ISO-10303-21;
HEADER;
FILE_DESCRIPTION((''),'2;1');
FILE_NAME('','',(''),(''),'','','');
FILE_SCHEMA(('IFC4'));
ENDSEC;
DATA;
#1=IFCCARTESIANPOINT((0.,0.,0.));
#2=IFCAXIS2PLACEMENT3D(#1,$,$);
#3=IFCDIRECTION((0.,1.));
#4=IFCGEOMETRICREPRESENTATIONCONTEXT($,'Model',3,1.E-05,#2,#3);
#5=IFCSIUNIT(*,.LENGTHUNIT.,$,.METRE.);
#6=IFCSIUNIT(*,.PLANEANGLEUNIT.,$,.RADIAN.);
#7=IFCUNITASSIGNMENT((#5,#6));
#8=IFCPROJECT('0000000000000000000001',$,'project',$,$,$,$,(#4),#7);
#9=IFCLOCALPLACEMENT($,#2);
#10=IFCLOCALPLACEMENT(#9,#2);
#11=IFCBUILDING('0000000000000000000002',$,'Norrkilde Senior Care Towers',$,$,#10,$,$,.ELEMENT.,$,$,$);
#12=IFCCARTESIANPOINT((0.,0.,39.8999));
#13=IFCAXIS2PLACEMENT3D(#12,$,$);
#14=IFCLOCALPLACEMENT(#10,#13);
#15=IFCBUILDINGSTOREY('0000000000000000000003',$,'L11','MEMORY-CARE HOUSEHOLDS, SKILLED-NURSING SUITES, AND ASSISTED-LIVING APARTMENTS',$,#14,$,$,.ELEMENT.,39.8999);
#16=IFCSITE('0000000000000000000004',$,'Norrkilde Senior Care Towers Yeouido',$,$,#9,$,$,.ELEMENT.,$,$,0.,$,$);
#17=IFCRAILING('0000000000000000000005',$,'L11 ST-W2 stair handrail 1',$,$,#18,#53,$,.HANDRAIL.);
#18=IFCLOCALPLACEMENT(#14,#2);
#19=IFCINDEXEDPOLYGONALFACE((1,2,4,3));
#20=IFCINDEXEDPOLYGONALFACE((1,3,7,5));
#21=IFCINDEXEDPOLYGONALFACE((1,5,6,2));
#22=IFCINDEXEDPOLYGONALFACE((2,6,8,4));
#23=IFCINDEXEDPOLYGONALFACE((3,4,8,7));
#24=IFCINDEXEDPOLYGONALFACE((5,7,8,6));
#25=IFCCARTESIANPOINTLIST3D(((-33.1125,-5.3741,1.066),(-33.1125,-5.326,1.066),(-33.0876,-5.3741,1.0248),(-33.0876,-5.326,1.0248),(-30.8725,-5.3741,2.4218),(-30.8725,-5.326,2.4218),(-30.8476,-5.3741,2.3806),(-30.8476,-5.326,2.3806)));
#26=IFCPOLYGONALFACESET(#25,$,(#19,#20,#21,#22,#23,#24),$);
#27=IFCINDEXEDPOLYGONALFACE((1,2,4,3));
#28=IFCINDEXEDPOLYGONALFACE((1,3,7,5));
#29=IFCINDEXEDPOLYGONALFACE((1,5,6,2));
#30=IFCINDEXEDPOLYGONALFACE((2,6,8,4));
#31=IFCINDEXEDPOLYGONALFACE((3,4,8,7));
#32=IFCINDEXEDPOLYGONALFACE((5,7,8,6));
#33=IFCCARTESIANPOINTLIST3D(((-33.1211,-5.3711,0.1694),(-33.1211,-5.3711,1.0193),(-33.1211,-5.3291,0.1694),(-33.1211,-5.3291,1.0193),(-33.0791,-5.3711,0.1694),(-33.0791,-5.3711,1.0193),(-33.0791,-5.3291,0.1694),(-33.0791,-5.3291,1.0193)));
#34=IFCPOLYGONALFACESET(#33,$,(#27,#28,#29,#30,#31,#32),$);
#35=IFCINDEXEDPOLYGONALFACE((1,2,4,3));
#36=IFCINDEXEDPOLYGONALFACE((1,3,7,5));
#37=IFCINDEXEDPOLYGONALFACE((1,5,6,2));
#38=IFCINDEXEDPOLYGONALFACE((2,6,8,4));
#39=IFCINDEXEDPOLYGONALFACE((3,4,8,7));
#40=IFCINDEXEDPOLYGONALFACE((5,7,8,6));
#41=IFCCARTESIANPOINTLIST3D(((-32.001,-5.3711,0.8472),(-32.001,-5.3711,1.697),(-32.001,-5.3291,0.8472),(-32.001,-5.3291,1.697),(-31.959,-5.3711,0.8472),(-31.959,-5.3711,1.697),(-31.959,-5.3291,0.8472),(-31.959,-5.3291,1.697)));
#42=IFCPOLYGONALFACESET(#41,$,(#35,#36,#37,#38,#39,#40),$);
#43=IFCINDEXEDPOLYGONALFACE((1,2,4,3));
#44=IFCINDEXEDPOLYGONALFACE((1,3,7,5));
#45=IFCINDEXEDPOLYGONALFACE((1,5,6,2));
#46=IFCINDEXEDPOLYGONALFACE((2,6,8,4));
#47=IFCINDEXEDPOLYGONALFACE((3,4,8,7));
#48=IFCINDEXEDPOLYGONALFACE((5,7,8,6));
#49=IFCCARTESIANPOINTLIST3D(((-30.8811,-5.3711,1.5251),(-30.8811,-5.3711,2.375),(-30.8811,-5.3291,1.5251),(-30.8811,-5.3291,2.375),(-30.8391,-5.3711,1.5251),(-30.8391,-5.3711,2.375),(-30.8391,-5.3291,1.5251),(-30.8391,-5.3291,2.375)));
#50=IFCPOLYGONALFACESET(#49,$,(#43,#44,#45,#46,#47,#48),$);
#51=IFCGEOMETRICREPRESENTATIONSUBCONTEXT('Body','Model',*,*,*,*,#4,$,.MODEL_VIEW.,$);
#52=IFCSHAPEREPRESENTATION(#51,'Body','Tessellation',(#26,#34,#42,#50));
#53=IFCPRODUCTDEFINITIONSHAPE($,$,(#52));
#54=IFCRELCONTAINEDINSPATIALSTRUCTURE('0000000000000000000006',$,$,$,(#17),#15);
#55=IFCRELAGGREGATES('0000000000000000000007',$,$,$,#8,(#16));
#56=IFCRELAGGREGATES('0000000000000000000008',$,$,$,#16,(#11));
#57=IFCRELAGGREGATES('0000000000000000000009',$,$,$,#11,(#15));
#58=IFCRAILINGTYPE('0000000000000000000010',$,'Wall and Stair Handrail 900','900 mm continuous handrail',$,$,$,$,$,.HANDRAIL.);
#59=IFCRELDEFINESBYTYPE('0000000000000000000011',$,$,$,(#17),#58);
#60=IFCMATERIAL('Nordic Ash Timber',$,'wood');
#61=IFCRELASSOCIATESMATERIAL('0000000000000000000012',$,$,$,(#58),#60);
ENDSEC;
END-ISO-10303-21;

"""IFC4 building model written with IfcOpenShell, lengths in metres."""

from ifc_helpers import new_model, si_unit, direction, frame, origin, origin_2d, place, context, subcontext, project, spatial, rectangle, extrude, material, type_object, element, save


model = new_model("IFC4")

# Units and contexts
model_context = context("Model", 3, precision=1e-05, world=origin(), true_north=direction((0.0, 1.0)))
body_context = subcontext(model_context, "Body", "Model", "MODEL_VIEW")
ifc_project = project(units=[si_unit("LENGTHUNIT", "METRE"), si_unit("PLANEANGLEUNIT", "RADIAN")], contexts=[model_context])

# Site, building, storey
site_placement = place(None, origin())
site = spatial("IfcSite", under=ifc_project, at=site_placement, Name="Norrkilde Senior Care Towers Yeouido", CompositionType="ELEMENT", RefElevation=0.0)
building_placement = place(site_placement, origin())
building = spatial("IfcBuilding", under=site, at=building_placement, Name="Norrkilde Senior Care Towers", CompositionType="ELEMENT")
storey_placement = place(building_placement, frame((0.0, 0.0, 39.8999)))
storey = spatial("IfcBuildingStorey", under=building, at=storey_placement, Name="L11", Description="MEMORY-CARE HOUSEHOLDS, SKILLED-NURSING SUITES, AND ASSISTED-LIVING APARTMENTS", CompositionType="ELEMENT", Elevation=39.8999)

# Railing
ifc_material_1 = material(Name="Nordic Ash Timber", Category="wood")
railing_type = type_object("IfcRailingType", Name="Wall and Stair Handrail 900", Description="900 mm continuous handrail", PredefinedType="HANDRAIL", material=ifc_material_1)
railing_placement = place(storey_placement, frame((-33.1001, -5.3501, 0.1694)))
element("IfcRailing", 1, at=railing_placement, inside=storey, type_object=railing_type, Name="L11 ST-W2 stair handrail 1", PredefinedType="HANDRAIL", context=body_context, shape_type="SweptSolid", body=[
    extrude(rectangle(XDim=0.0481, YDim=0.0481, at=origin_2d()), frame((0.0, 0.0, 0.876), z_axis=(0.855512, 0.0, 0.517783), x_axis=(0.0, 1.0, 0.0)), (0.0, 0.0, 1.0), 2.6184),
    extrude(rectangle(XDim=0.042, YDim=0.042, at=origin_2d()), origin(), (0.0, 0.0, 1.0), 0.8499),
    extrude(rectangle(XDim=0.042, YDim=0.042, at=origin_2d()), frame((1.1201, 0.0, 0.6777)), (0.0, 0.0, 1.0), 0.8499),
    extrude(rectangle(XDim=0.042, YDim=0.042, at=origin_2d()), frame((2.24, 0.0, 1.3557)), (0.0, 0.0, 1.0), 0.8499),
])

save(model, "model.ifc")
